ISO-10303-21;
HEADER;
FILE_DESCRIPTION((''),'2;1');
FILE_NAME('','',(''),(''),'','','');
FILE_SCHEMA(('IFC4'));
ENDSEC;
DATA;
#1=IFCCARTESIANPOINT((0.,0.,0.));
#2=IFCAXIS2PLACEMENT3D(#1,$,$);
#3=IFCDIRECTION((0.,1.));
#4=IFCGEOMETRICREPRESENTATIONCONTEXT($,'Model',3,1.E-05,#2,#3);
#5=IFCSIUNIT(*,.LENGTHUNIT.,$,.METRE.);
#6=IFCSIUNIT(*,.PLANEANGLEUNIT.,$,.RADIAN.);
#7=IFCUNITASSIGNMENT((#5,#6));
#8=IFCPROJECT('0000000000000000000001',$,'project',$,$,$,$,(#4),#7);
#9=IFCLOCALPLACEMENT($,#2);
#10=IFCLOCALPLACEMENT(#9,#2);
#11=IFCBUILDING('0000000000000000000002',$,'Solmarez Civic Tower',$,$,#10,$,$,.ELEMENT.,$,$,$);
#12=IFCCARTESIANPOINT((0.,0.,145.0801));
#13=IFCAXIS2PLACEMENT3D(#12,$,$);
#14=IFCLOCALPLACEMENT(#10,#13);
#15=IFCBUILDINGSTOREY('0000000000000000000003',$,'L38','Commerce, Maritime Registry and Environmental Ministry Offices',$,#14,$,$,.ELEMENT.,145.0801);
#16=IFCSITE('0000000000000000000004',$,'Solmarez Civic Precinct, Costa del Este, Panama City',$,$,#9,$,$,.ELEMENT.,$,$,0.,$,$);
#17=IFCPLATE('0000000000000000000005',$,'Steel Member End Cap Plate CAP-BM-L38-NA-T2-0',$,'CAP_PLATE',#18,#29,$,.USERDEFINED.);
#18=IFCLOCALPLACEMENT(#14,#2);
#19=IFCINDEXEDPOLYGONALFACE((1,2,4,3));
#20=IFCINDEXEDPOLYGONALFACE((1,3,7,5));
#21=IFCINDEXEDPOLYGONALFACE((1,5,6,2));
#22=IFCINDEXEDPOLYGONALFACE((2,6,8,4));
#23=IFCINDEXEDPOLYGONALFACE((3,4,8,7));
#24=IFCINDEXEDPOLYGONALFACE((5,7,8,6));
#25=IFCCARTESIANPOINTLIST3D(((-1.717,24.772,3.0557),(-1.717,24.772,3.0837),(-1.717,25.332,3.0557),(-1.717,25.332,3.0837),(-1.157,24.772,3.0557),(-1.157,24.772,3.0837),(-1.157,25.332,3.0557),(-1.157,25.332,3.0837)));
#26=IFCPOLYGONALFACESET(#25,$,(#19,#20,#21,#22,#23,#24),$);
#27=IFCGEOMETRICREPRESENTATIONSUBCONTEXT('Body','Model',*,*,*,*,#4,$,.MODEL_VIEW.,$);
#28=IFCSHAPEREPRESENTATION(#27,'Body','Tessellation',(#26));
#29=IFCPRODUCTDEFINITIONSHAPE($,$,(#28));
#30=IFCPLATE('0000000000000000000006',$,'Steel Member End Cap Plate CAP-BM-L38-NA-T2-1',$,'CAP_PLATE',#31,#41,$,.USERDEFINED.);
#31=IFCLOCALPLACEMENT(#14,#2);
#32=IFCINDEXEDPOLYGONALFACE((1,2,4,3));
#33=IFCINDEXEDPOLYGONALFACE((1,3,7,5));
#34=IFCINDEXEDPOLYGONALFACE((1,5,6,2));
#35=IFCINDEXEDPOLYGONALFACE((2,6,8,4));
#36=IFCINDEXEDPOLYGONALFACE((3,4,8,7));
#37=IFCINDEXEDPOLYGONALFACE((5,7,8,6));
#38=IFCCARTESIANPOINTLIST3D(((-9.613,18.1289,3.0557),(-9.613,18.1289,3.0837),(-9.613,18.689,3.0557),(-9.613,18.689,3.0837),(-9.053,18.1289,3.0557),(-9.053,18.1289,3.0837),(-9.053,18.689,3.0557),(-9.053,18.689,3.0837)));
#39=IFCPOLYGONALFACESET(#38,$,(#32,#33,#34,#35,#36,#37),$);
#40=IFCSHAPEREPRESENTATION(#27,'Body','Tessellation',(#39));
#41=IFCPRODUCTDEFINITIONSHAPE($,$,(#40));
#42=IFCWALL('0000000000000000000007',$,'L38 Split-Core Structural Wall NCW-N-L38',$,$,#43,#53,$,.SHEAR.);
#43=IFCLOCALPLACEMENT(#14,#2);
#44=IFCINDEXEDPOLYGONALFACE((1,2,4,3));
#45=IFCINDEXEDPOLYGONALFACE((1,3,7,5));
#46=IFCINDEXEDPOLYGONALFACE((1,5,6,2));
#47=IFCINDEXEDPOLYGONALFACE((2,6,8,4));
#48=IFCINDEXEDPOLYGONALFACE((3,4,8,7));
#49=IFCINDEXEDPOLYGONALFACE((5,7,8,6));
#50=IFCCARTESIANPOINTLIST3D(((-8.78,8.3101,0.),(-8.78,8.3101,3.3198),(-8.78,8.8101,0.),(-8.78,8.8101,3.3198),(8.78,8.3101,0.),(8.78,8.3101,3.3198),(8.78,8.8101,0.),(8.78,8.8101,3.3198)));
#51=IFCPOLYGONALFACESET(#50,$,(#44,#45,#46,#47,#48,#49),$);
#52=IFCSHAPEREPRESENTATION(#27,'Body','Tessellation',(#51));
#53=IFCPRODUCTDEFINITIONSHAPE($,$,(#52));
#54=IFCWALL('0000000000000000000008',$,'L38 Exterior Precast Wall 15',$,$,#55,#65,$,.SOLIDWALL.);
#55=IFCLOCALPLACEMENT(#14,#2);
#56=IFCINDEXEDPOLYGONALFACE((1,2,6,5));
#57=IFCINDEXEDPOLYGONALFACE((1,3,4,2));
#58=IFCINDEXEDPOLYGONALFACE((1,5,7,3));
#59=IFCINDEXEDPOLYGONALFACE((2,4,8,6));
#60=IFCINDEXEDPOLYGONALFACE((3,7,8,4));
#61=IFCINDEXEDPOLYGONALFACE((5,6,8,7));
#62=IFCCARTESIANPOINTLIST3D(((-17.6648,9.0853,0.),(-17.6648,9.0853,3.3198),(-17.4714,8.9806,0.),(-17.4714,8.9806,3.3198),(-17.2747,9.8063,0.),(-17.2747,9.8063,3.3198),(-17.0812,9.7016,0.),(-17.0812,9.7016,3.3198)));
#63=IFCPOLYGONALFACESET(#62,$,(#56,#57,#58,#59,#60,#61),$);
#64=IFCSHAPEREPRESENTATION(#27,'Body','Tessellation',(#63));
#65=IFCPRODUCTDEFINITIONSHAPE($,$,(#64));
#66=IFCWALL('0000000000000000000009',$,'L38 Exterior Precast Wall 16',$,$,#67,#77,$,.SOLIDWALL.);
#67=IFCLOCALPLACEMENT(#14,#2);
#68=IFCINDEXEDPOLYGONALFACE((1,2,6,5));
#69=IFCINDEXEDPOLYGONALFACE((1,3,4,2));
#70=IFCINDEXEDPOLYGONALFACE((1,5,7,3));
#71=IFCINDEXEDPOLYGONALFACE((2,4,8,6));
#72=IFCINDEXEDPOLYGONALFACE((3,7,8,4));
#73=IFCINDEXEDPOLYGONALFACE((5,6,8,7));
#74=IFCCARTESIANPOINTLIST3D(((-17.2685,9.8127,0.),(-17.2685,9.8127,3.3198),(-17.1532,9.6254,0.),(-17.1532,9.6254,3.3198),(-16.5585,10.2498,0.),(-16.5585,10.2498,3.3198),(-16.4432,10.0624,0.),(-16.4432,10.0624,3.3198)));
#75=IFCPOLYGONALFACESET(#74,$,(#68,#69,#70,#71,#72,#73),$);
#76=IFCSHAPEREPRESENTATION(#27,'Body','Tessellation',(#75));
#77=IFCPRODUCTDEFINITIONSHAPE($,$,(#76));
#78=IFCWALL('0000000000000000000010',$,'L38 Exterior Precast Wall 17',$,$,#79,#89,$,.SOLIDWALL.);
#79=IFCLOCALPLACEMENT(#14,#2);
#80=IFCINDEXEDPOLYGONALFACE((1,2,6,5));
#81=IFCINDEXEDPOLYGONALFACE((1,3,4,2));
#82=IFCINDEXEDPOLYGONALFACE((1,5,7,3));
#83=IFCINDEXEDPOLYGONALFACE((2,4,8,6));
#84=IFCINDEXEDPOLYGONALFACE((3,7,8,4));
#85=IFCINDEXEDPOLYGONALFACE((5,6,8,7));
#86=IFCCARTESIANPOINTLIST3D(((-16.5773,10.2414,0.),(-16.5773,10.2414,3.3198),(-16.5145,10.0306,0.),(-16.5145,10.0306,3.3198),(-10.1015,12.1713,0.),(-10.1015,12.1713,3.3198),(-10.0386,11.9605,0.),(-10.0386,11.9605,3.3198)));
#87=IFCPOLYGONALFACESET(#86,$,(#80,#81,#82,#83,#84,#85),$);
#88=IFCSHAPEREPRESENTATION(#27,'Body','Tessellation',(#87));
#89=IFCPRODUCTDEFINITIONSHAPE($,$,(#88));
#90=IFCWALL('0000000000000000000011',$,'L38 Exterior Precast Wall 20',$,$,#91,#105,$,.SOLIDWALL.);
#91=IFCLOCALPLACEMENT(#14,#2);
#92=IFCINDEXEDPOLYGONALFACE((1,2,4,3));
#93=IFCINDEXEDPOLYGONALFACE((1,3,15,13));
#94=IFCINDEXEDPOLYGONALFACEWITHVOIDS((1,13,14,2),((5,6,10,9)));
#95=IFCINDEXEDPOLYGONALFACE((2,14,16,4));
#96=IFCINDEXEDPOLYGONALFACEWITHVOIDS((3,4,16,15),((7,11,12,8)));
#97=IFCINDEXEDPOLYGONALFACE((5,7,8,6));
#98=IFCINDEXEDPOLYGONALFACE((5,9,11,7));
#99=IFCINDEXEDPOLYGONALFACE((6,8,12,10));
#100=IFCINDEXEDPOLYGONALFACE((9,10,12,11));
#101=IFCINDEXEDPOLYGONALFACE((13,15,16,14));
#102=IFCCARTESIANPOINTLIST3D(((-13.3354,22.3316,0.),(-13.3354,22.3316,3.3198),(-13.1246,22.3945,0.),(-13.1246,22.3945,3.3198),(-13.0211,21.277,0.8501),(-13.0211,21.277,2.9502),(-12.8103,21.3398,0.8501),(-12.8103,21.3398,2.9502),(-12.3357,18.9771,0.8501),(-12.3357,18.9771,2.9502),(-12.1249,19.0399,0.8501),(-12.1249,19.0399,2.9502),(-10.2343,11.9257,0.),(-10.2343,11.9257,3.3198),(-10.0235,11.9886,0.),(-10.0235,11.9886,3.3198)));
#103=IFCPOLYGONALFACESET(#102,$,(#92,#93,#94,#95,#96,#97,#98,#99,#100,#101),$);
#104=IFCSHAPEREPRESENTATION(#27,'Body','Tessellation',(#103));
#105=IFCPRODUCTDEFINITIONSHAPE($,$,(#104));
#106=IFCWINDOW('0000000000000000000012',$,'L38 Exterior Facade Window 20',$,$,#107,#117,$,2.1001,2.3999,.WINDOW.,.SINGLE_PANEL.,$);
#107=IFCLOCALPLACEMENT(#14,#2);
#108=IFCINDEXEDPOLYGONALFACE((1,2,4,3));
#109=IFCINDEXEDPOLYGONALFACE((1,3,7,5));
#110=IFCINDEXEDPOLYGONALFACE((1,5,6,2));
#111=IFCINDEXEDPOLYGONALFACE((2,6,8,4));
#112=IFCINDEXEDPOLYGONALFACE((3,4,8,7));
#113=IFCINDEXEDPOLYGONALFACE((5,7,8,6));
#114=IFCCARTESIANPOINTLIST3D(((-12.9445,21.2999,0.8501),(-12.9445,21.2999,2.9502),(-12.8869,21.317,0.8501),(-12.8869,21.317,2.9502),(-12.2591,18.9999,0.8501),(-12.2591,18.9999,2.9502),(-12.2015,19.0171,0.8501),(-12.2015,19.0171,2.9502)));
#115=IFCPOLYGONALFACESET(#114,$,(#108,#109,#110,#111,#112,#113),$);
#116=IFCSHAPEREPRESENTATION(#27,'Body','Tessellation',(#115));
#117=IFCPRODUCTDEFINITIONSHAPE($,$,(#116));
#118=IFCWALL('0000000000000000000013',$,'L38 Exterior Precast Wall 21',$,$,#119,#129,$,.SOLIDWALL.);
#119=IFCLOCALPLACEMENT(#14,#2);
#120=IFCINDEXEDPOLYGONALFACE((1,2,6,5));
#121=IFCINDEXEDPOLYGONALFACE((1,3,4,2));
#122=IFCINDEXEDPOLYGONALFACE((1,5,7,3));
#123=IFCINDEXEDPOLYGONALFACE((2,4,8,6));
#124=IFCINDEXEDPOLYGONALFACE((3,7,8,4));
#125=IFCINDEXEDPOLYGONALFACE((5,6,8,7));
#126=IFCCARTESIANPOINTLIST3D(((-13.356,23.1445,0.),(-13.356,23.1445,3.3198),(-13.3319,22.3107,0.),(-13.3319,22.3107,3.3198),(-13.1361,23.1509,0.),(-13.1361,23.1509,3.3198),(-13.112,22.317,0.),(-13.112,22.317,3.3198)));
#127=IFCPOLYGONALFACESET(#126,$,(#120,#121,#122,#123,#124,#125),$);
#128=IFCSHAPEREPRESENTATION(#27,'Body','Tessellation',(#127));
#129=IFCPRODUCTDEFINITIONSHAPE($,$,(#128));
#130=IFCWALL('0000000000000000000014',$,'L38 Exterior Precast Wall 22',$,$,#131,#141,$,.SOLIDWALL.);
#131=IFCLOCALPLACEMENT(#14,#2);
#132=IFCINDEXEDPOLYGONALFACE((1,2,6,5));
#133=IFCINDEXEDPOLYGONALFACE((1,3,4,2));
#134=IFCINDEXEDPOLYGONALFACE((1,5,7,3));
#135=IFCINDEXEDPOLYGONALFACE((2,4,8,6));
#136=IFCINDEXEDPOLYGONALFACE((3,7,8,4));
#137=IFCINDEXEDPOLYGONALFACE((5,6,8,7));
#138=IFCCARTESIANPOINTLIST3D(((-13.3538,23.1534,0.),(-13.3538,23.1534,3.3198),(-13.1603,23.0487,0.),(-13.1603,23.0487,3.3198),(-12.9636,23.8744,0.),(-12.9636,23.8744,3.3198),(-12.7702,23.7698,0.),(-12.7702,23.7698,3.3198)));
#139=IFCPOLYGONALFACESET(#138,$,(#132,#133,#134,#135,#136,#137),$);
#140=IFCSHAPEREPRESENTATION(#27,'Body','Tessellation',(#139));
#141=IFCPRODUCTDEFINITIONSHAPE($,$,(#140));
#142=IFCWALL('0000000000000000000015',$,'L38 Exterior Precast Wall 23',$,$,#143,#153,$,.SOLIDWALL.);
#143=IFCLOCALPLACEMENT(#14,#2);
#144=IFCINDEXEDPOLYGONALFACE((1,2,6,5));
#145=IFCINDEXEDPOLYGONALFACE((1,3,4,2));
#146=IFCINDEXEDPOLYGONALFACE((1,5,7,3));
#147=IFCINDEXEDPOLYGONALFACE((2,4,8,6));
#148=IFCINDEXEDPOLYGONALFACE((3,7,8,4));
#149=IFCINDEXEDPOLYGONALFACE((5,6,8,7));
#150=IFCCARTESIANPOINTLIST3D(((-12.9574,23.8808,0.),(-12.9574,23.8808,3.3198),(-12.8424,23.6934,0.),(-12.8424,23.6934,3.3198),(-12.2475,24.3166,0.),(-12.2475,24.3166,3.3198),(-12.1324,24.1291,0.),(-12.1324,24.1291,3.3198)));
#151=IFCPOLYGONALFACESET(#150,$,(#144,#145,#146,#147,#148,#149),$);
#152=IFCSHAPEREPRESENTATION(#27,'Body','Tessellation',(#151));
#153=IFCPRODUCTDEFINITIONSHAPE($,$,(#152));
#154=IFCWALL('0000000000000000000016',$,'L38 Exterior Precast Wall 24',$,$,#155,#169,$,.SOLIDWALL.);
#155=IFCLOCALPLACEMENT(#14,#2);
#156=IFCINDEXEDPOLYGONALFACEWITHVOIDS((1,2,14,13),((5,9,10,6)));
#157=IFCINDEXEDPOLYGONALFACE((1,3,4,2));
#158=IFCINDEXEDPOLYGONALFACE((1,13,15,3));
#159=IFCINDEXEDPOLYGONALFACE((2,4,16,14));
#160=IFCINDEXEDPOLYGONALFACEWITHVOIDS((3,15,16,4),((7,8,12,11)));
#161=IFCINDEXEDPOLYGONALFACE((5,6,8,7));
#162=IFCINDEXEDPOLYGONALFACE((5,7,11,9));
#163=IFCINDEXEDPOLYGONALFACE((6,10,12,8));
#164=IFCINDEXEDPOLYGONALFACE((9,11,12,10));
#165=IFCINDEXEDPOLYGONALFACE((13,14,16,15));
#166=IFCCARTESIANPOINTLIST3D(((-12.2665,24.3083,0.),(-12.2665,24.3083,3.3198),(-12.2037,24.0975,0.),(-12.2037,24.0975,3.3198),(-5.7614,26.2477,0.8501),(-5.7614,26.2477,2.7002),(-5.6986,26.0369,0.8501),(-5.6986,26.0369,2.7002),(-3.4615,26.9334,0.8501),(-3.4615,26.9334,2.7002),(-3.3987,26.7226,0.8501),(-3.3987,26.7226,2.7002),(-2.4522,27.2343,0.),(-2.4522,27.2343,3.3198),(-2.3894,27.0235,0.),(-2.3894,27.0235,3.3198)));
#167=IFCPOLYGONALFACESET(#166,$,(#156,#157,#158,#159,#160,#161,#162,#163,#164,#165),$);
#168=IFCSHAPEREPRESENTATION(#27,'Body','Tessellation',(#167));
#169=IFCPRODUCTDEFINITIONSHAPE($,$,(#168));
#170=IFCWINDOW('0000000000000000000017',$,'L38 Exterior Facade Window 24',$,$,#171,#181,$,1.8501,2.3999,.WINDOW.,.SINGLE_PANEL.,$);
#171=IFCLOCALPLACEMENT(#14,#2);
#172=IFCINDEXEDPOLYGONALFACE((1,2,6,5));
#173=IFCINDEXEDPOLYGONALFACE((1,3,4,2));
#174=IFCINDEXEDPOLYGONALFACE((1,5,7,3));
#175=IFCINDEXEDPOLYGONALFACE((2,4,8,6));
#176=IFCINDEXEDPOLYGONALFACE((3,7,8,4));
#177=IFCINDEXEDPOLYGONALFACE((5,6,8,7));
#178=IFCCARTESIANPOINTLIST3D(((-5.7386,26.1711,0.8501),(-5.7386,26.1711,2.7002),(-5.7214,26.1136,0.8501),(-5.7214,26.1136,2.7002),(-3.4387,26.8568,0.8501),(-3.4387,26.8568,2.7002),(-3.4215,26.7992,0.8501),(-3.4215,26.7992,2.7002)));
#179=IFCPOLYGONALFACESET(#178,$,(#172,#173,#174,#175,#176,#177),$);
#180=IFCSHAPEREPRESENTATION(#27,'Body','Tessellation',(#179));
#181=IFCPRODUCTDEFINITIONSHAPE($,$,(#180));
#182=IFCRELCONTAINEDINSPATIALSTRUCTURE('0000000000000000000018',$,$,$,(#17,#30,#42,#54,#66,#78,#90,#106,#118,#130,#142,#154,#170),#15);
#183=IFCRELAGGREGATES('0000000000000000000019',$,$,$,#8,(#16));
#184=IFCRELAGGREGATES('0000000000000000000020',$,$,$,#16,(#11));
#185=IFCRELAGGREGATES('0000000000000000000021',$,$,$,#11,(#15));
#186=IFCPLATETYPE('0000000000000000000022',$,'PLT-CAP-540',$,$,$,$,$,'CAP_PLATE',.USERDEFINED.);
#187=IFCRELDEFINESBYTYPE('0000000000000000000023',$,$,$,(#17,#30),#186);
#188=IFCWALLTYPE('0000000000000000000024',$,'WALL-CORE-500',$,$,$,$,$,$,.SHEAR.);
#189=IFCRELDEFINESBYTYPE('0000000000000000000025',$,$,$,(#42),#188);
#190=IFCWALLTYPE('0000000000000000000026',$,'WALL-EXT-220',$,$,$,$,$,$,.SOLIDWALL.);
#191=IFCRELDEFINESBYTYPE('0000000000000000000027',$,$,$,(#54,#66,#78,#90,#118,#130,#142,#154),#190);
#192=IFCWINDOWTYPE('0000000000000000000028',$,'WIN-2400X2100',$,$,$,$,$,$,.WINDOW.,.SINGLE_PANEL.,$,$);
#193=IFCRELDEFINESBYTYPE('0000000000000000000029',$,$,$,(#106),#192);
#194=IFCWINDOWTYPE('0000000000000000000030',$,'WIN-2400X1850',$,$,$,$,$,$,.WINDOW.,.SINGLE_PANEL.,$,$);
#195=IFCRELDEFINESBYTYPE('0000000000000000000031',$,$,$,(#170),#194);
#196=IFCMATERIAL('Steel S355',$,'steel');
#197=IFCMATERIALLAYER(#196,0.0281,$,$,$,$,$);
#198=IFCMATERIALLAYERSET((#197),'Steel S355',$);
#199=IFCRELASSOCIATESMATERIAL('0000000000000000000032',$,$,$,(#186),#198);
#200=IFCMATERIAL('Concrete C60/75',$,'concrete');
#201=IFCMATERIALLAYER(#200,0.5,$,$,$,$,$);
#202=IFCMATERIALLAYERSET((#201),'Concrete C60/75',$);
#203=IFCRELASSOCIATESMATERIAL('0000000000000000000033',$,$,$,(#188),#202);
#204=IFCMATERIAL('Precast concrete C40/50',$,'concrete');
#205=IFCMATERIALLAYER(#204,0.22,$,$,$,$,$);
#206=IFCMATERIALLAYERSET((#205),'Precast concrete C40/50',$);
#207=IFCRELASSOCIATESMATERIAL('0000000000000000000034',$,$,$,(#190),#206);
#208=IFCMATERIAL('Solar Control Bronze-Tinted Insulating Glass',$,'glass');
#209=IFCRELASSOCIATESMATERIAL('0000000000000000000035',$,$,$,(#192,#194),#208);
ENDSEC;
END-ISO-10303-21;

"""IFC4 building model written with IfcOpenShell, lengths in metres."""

from ifc_helpers import new_model, si_unit, direction, frame, frame_2d, origin, origin_2d, place, context, subcontext, project, spatial, rectangle, extrude, material, layer, layer_set, type_object, element, fill, save


model = new_model("IFC4")

# Units and contexts
model_context = context("Model", 3, precision=1e-05, world=origin(), true_north=direction((0.0, 1.0)))
body_context = subcontext(model_context, "Body", "Model", "MODEL_VIEW")
ifc_project = project(units=[si_unit("LENGTHUNIT", "METRE"), si_unit("PLANEANGLEUNIT", "RADIAN")], contexts=[model_context])

# Site, building, storey
site_placement = place(None, origin())
site = spatial("IfcSite", under=ifc_project, at=site_placement, Name="Solmarez Civic Precinct, Costa del Este, Panama City", CompositionType="ELEMENT", RefElevation=0.0)
building_placement = place(site_placement, origin())
building = spatial("IfcBuilding", under=site, at=building_placement, Name="Solmarez Civic Tower", CompositionType="ELEMENT")
storey_placement = place(building_placement, frame((0.0, 0.0, 145.0801)))
storey = spatial("IfcBuildingStorey", under=building, at=storey_placement, Name="L38", Description="Commerce, Maritime Registry and Environmental Ministry Offices", CompositionType="ELEMENT", Elevation=145.0801)

# Shared definitions
ifc_material_1 = material(Name="Steel S355", Category="steel")

# Plates
ifc_layer_1 = layer(ifc_material_1, 0.0281)
ifc_layer_set_1 = layer_set([ifc_layer_1], Name="Steel S355")
plate_type_1 = type_object("IfcPlateType", Name="PLT-CAP-540", ElementType="CAP_PLATE", PredefinedType="USERDEFINED", material=ifc_layer_set_1)
for number, where, z_axis, x_axis, name in (
    (1, (-1.437, 25.052, 3.0557), (0.0, 0.0, 1.0), (1.0, 0.0, 0.0), "Steel Member End Cap Plate CAP-BM-L38-NA-T2-0"),
    (2, (-9.333, 18.4089, 3.0557), (0.0, 0.0, 1.0), (1.0, 0.0, 0.0), "Steel Member End Cap Plate CAP-BM-L38-NA-T2-1"),
):
    element("IfcPlate", number, at=place(storey_placement, frame(where, z_axis=z_axis, x_axis=x_axis)), inside=storey, type_object=plate_type_1, Name=name, ObjectType="CAP_PLATE", PredefinedType="USERDEFINED", context=body_context, shape_type="SweptSolid", body=[
        extrude(rectangle(XDim=0.5601, YDim=0.5601, at=origin_2d()), origin(), (0.0, 0.0, 1.0), 0.0281),
    ])

# Walls
ifc_material_2 = material(Name="Concrete C60/75", Category="concrete")
ifc_layer_2 = layer(ifc_material_2, 0.5)
ifc_layer_set_2 = layer_set([ifc_layer_2], Name="Concrete C60/75")
wall_type_1 = type_object("IfcWallType", Name="WALL-CORE-500", PredefinedType="SHEAR", material=ifc_layer_set_2)
wall_1_placement = place(storey_placement, frame((-8.78, 8.5601, 0.0), z_axis=(0.0, 0.0, 1.0), x_axis=(1.0, 0.0, 0.0)))
element("IfcWall", 3, at=wall_1_placement, inside=storey, type_object=wall_type_1, Name="L38 Split-Core Structural Wall NCW-N-L38", PredefinedType="SHEAR", context=body_context, shape_type="SweptSolid", body=[
    extrude(rectangle(XDim=17.5601, YDim=0.5, at=frame_2d((8.78, 0.0))), origin(), (0.0, 0.0, 1.0), 3.3198),
])
ifc_material_3 = material(Name="Precast concrete C40/50", Category="concrete")
ifc_layer_3 = layer(ifc_material_3, 0.22)
ifc_layer_set_3 = layer_set([ifc_layer_3], Name="Precast concrete C40/50")
wall_type_2 = type_object("IfcWallType", Name="WALL-EXT-220", PredefinedType="SOLIDWALL", material=ifc_layer_set_3)
wall_2_placement = place(storey_placement, frame((-17.5681, 9.033, 0.0), z_axis=(0.0, 0.0, 1.0), x_axis=(0.475928, 0.879484, 0.0)))
element("IfcWall", 4, at=wall_2_placement, inside=storey, type_object=wall_type_2, Name="L38 Exterior Precast Wall 15", PredefinedType="SOLIDWALL", context=body_context, shape_type="SweptSolid", body=[
    extrude(rectangle(XDim=0.8198, YDim=0.22, at=frame_2d((0.4099, 0.0))), origin(), (0.0, 0.0, 1.0), 3.3198),
])
wall_3_placement = place(storey_placement, frame((-17.2109, 9.719, 0.0), z_axis=(0.0, 0.0, 1.0), x_axis=(0.851598, 0.524195, 0.0)))
element("IfcWall", 5, at=wall_3_placement, inside=storey, type_object=wall_type_2, Name="L38 Exterior Precast Wall 16", PredefinedType="SOLIDWALL", context=body_context, shape_type="SweptSolid", body=[
    extrude(rectangle(XDim=0.8337, YDim=0.22, at=frame_2d((0.417, 0.0))), origin(), (0.0, 0.0, 1.0), 3.3198),
])
wall_4_placement = place(storey_placement, frame((-16.5459, 10.136, 0.0), z_axis=(0.0, 0.0, 1.0), x_axis=(0.958347, 0.285607, 0.0)))
element("IfcWall", 6, at=wall_4_placement, inside=storey, type_object=wall_type_2, Name="L38 Exterior Precast Wall 17", PredefinedType="SOLIDWALL", context=body_context, shape_type="SweptSolid", body=[
    extrude(rectangle(XDim=6.7573, YDim=0.22, at=frame_2d((3.3787, 0.0))), origin(), (0.0, 0.0, 1.0), 3.3198),
])

# Wall, opening, window
wall_5_placement = place(storey_placement, frame((-10.1289, 11.957, 0.0), z_axis=(0.0, 0.0, 1.0), x_axis=(-0.285596, 0.95835, 0.0)))
wall_5 = element("IfcWall", 7, at=wall_5_placement, inside=storey, type_object=wall_type_2, Name="L38 Exterior Precast Wall 20", PredefinedType="SOLIDWALL", context=body_context, shape_type="SweptSolid", body=[
    extrude(rectangle(XDim=10.8582, YDim=0.22, at=frame_2d((5.4292, 0.0))), origin(), (0.0, 0.0, 1.0), 3.3198),
])
opening_1_placement = place(wall_5_placement, frame((7.3579, 0.0, 0.8501)))
opening_1 = element("IfcOpeningElement", 8, at=opening_1_placement, cuts=wall_5, PredefinedType="OPENING", context=body_context, shape_type="SweptSolid", body=[
    extrude(rectangle(XDim=2.3999, YDim=2.1001, at=frame_2d((1.2, 1.05))), frame((0.0, 0.1199, 0.0), z_axis=(0.0, -1.0, 0.0), x_axis=(1.0, 0.0, 0.0)), (0.0, 0.0, 1.0), 0.24),
])
ifc_material_4 = material(Name="Solar Control Bronze-Tinted Insulating Glass", Category="glass")
window_type_1 = type_object("IfcWindowType", Name="WIN-2400X2100", PartitioningType="SINGLE_PANEL", PredefinedType="WINDOW", material=ifc_material_4)
window_1_placement = place(opening_1_placement, origin())
window_1 = element("IfcWindow", 9, at=window_1_placement, inside=storey, type_object=window_type_1, Name="L38 Exterior Facade Window 20", OverallHeight=2.1001, OverallWidth=2.3999, PartitioningType="SINGLE_PANEL", PredefinedType="WINDOW", context=body_context, shape_type="SweptSolid", body=[
    extrude(rectangle(XDim=2.3999, YDim=2.1001, at=frame_2d((1.2, 1.05))), frame((0.0, 0.03, 0.0), z_axis=(0.0, -1.0, 0.0), x_axis=(1.0, 0.0, 0.0)), (0.0, 0.0, 1.0), 0.0601),
])
fill(opening_1, window_1)

# Walls
wall_6_placement = place(storey_placement, frame((-13.2219, 22.314, 0.0), z_axis=(0.0, 0.0, 1.0), x_axis=(-0.028969, 0.99958, 0.0)))
element("IfcWall", 10, at=wall_6_placement, inside=storey, type_object=wall_type_2, Name="L38 Exterior Precast Wall 21", PredefinedType="SOLIDWALL", context=body_context, shape_type="SweptSolid", body=[
    extrude(rectangle(XDim=0.8342, YDim=0.22, at=frame_2d((0.417, 0.0))), origin(), (0.0, 0.0, 1.0), 3.3198),
])
wall_7_placement = place(storey_placement, frame((-13.2571, 23.1011, 0.0), z_axis=(0.0, 0.0, 1.0), x_axis=(0.475928, 0.879484, 0.0)))
element("IfcWall", 11, at=wall_7_placement, inside=storey, type_object=wall_type_2, Name="L38 Exterior Precast Wall 22", PredefinedType="SOLIDWALL", context=body_context, shape_type="SweptSolid", body=[
    extrude(rectangle(XDim=0.8198, YDim=0.22, at=frame_2d((0.4099, 0.0))), origin(), (0.0, 0.0, 1.0), 3.3198),
])
wall_8_placement = place(storey_placement, frame((-12.8999, 23.7871, 0.0), z_axis=(0.0, 0.0, 1.0), x_axis=(0.852251, 0.523132, 0.0)))
element("IfcWall", 12, at=wall_8_placement, inside=storey, type_object=wall_type_2, Name="L38 Exterior Precast Wall 23", PredefinedType="SOLIDWALL", context=body_context, shape_type="SweptSolid", body=[
    extrude(rectangle(XDim=0.833, YDim=0.22, at=frame_2d((0.4165, 0.0))), origin(), (0.0, 0.0, 1.0), 3.3198),
])

# Wall, opening, window
wall_9_placement = place(storey_placement, frame((-12.2351, 24.2029, 0.0), z_axis=(0.0, 0.0, 1.0), x_axis=(0.958315, 0.285714, 0.0)))
wall_9 = element("IfcWall", 13, at=wall_9_placement, inside=storey, type_object=wall_type_2, Name="L38 Exterior Precast Wall 24", PredefinedType="SOLIDWALL", context=body_context, shape_type="SweptSolid", body=[
    extrude(rectangle(XDim=10.2412, YDim=0.22, at=frame_2d((5.1206, 0.0))), origin(), (0.0, 0.0, 1.0), 3.3198),
])
opening_2_placement = place(wall_9_placement, frame((6.7881, 0.0, 0.8501)))
opening_2 = element("IfcOpeningElement", 14, at=opening_2_placement, cuts=wall_9, PredefinedType="OPENING", context=body_context, shape_type="SweptSolid", body=[
    extrude(rectangle(XDim=2.3999, YDim=1.8501, at=frame_2d((1.2, 0.925))), frame((0.0, 0.1199, 0.0), z_axis=(0.0, -1.0, 0.0), x_axis=(1.0, 0.0, 0.0)), (0.0, 0.0, 1.0), 0.24),
])
window_type_2 = type_object("IfcWindowType", Name="WIN-2400X1850", PartitioningType="SINGLE_PANEL", PredefinedType="WINDOW", material=ifc_material_4)
window_2_placement = place(opening_2_placement, origin())
window_2 = element("IfcWindow", 15, at=window_2_placement, inside=storey, type_object=window_type_2, Name="L38 Exterior Facade Window 24", OverallHeight=1.8501, OverallWidth=2.3999, PartitioningType="SINGLE_PANEL", PredefinedType="WINDOW", context=body_context, shape_type="SweptSolid", body=[
    extrude(rectangle(XDim=2.3999, YDim=1.8501, at=frame_2d((1.2, 0.925))), frame((0.0, 0.03, 0.0), z_axis=(0.0, -1.0, 0.0), x_axis=(1.0, 0.0, 0.0)), (0.0, 0.0, 1.0), 0.0601),
])
fill(opening_2, window_2)

save(model, "model.ifc")
